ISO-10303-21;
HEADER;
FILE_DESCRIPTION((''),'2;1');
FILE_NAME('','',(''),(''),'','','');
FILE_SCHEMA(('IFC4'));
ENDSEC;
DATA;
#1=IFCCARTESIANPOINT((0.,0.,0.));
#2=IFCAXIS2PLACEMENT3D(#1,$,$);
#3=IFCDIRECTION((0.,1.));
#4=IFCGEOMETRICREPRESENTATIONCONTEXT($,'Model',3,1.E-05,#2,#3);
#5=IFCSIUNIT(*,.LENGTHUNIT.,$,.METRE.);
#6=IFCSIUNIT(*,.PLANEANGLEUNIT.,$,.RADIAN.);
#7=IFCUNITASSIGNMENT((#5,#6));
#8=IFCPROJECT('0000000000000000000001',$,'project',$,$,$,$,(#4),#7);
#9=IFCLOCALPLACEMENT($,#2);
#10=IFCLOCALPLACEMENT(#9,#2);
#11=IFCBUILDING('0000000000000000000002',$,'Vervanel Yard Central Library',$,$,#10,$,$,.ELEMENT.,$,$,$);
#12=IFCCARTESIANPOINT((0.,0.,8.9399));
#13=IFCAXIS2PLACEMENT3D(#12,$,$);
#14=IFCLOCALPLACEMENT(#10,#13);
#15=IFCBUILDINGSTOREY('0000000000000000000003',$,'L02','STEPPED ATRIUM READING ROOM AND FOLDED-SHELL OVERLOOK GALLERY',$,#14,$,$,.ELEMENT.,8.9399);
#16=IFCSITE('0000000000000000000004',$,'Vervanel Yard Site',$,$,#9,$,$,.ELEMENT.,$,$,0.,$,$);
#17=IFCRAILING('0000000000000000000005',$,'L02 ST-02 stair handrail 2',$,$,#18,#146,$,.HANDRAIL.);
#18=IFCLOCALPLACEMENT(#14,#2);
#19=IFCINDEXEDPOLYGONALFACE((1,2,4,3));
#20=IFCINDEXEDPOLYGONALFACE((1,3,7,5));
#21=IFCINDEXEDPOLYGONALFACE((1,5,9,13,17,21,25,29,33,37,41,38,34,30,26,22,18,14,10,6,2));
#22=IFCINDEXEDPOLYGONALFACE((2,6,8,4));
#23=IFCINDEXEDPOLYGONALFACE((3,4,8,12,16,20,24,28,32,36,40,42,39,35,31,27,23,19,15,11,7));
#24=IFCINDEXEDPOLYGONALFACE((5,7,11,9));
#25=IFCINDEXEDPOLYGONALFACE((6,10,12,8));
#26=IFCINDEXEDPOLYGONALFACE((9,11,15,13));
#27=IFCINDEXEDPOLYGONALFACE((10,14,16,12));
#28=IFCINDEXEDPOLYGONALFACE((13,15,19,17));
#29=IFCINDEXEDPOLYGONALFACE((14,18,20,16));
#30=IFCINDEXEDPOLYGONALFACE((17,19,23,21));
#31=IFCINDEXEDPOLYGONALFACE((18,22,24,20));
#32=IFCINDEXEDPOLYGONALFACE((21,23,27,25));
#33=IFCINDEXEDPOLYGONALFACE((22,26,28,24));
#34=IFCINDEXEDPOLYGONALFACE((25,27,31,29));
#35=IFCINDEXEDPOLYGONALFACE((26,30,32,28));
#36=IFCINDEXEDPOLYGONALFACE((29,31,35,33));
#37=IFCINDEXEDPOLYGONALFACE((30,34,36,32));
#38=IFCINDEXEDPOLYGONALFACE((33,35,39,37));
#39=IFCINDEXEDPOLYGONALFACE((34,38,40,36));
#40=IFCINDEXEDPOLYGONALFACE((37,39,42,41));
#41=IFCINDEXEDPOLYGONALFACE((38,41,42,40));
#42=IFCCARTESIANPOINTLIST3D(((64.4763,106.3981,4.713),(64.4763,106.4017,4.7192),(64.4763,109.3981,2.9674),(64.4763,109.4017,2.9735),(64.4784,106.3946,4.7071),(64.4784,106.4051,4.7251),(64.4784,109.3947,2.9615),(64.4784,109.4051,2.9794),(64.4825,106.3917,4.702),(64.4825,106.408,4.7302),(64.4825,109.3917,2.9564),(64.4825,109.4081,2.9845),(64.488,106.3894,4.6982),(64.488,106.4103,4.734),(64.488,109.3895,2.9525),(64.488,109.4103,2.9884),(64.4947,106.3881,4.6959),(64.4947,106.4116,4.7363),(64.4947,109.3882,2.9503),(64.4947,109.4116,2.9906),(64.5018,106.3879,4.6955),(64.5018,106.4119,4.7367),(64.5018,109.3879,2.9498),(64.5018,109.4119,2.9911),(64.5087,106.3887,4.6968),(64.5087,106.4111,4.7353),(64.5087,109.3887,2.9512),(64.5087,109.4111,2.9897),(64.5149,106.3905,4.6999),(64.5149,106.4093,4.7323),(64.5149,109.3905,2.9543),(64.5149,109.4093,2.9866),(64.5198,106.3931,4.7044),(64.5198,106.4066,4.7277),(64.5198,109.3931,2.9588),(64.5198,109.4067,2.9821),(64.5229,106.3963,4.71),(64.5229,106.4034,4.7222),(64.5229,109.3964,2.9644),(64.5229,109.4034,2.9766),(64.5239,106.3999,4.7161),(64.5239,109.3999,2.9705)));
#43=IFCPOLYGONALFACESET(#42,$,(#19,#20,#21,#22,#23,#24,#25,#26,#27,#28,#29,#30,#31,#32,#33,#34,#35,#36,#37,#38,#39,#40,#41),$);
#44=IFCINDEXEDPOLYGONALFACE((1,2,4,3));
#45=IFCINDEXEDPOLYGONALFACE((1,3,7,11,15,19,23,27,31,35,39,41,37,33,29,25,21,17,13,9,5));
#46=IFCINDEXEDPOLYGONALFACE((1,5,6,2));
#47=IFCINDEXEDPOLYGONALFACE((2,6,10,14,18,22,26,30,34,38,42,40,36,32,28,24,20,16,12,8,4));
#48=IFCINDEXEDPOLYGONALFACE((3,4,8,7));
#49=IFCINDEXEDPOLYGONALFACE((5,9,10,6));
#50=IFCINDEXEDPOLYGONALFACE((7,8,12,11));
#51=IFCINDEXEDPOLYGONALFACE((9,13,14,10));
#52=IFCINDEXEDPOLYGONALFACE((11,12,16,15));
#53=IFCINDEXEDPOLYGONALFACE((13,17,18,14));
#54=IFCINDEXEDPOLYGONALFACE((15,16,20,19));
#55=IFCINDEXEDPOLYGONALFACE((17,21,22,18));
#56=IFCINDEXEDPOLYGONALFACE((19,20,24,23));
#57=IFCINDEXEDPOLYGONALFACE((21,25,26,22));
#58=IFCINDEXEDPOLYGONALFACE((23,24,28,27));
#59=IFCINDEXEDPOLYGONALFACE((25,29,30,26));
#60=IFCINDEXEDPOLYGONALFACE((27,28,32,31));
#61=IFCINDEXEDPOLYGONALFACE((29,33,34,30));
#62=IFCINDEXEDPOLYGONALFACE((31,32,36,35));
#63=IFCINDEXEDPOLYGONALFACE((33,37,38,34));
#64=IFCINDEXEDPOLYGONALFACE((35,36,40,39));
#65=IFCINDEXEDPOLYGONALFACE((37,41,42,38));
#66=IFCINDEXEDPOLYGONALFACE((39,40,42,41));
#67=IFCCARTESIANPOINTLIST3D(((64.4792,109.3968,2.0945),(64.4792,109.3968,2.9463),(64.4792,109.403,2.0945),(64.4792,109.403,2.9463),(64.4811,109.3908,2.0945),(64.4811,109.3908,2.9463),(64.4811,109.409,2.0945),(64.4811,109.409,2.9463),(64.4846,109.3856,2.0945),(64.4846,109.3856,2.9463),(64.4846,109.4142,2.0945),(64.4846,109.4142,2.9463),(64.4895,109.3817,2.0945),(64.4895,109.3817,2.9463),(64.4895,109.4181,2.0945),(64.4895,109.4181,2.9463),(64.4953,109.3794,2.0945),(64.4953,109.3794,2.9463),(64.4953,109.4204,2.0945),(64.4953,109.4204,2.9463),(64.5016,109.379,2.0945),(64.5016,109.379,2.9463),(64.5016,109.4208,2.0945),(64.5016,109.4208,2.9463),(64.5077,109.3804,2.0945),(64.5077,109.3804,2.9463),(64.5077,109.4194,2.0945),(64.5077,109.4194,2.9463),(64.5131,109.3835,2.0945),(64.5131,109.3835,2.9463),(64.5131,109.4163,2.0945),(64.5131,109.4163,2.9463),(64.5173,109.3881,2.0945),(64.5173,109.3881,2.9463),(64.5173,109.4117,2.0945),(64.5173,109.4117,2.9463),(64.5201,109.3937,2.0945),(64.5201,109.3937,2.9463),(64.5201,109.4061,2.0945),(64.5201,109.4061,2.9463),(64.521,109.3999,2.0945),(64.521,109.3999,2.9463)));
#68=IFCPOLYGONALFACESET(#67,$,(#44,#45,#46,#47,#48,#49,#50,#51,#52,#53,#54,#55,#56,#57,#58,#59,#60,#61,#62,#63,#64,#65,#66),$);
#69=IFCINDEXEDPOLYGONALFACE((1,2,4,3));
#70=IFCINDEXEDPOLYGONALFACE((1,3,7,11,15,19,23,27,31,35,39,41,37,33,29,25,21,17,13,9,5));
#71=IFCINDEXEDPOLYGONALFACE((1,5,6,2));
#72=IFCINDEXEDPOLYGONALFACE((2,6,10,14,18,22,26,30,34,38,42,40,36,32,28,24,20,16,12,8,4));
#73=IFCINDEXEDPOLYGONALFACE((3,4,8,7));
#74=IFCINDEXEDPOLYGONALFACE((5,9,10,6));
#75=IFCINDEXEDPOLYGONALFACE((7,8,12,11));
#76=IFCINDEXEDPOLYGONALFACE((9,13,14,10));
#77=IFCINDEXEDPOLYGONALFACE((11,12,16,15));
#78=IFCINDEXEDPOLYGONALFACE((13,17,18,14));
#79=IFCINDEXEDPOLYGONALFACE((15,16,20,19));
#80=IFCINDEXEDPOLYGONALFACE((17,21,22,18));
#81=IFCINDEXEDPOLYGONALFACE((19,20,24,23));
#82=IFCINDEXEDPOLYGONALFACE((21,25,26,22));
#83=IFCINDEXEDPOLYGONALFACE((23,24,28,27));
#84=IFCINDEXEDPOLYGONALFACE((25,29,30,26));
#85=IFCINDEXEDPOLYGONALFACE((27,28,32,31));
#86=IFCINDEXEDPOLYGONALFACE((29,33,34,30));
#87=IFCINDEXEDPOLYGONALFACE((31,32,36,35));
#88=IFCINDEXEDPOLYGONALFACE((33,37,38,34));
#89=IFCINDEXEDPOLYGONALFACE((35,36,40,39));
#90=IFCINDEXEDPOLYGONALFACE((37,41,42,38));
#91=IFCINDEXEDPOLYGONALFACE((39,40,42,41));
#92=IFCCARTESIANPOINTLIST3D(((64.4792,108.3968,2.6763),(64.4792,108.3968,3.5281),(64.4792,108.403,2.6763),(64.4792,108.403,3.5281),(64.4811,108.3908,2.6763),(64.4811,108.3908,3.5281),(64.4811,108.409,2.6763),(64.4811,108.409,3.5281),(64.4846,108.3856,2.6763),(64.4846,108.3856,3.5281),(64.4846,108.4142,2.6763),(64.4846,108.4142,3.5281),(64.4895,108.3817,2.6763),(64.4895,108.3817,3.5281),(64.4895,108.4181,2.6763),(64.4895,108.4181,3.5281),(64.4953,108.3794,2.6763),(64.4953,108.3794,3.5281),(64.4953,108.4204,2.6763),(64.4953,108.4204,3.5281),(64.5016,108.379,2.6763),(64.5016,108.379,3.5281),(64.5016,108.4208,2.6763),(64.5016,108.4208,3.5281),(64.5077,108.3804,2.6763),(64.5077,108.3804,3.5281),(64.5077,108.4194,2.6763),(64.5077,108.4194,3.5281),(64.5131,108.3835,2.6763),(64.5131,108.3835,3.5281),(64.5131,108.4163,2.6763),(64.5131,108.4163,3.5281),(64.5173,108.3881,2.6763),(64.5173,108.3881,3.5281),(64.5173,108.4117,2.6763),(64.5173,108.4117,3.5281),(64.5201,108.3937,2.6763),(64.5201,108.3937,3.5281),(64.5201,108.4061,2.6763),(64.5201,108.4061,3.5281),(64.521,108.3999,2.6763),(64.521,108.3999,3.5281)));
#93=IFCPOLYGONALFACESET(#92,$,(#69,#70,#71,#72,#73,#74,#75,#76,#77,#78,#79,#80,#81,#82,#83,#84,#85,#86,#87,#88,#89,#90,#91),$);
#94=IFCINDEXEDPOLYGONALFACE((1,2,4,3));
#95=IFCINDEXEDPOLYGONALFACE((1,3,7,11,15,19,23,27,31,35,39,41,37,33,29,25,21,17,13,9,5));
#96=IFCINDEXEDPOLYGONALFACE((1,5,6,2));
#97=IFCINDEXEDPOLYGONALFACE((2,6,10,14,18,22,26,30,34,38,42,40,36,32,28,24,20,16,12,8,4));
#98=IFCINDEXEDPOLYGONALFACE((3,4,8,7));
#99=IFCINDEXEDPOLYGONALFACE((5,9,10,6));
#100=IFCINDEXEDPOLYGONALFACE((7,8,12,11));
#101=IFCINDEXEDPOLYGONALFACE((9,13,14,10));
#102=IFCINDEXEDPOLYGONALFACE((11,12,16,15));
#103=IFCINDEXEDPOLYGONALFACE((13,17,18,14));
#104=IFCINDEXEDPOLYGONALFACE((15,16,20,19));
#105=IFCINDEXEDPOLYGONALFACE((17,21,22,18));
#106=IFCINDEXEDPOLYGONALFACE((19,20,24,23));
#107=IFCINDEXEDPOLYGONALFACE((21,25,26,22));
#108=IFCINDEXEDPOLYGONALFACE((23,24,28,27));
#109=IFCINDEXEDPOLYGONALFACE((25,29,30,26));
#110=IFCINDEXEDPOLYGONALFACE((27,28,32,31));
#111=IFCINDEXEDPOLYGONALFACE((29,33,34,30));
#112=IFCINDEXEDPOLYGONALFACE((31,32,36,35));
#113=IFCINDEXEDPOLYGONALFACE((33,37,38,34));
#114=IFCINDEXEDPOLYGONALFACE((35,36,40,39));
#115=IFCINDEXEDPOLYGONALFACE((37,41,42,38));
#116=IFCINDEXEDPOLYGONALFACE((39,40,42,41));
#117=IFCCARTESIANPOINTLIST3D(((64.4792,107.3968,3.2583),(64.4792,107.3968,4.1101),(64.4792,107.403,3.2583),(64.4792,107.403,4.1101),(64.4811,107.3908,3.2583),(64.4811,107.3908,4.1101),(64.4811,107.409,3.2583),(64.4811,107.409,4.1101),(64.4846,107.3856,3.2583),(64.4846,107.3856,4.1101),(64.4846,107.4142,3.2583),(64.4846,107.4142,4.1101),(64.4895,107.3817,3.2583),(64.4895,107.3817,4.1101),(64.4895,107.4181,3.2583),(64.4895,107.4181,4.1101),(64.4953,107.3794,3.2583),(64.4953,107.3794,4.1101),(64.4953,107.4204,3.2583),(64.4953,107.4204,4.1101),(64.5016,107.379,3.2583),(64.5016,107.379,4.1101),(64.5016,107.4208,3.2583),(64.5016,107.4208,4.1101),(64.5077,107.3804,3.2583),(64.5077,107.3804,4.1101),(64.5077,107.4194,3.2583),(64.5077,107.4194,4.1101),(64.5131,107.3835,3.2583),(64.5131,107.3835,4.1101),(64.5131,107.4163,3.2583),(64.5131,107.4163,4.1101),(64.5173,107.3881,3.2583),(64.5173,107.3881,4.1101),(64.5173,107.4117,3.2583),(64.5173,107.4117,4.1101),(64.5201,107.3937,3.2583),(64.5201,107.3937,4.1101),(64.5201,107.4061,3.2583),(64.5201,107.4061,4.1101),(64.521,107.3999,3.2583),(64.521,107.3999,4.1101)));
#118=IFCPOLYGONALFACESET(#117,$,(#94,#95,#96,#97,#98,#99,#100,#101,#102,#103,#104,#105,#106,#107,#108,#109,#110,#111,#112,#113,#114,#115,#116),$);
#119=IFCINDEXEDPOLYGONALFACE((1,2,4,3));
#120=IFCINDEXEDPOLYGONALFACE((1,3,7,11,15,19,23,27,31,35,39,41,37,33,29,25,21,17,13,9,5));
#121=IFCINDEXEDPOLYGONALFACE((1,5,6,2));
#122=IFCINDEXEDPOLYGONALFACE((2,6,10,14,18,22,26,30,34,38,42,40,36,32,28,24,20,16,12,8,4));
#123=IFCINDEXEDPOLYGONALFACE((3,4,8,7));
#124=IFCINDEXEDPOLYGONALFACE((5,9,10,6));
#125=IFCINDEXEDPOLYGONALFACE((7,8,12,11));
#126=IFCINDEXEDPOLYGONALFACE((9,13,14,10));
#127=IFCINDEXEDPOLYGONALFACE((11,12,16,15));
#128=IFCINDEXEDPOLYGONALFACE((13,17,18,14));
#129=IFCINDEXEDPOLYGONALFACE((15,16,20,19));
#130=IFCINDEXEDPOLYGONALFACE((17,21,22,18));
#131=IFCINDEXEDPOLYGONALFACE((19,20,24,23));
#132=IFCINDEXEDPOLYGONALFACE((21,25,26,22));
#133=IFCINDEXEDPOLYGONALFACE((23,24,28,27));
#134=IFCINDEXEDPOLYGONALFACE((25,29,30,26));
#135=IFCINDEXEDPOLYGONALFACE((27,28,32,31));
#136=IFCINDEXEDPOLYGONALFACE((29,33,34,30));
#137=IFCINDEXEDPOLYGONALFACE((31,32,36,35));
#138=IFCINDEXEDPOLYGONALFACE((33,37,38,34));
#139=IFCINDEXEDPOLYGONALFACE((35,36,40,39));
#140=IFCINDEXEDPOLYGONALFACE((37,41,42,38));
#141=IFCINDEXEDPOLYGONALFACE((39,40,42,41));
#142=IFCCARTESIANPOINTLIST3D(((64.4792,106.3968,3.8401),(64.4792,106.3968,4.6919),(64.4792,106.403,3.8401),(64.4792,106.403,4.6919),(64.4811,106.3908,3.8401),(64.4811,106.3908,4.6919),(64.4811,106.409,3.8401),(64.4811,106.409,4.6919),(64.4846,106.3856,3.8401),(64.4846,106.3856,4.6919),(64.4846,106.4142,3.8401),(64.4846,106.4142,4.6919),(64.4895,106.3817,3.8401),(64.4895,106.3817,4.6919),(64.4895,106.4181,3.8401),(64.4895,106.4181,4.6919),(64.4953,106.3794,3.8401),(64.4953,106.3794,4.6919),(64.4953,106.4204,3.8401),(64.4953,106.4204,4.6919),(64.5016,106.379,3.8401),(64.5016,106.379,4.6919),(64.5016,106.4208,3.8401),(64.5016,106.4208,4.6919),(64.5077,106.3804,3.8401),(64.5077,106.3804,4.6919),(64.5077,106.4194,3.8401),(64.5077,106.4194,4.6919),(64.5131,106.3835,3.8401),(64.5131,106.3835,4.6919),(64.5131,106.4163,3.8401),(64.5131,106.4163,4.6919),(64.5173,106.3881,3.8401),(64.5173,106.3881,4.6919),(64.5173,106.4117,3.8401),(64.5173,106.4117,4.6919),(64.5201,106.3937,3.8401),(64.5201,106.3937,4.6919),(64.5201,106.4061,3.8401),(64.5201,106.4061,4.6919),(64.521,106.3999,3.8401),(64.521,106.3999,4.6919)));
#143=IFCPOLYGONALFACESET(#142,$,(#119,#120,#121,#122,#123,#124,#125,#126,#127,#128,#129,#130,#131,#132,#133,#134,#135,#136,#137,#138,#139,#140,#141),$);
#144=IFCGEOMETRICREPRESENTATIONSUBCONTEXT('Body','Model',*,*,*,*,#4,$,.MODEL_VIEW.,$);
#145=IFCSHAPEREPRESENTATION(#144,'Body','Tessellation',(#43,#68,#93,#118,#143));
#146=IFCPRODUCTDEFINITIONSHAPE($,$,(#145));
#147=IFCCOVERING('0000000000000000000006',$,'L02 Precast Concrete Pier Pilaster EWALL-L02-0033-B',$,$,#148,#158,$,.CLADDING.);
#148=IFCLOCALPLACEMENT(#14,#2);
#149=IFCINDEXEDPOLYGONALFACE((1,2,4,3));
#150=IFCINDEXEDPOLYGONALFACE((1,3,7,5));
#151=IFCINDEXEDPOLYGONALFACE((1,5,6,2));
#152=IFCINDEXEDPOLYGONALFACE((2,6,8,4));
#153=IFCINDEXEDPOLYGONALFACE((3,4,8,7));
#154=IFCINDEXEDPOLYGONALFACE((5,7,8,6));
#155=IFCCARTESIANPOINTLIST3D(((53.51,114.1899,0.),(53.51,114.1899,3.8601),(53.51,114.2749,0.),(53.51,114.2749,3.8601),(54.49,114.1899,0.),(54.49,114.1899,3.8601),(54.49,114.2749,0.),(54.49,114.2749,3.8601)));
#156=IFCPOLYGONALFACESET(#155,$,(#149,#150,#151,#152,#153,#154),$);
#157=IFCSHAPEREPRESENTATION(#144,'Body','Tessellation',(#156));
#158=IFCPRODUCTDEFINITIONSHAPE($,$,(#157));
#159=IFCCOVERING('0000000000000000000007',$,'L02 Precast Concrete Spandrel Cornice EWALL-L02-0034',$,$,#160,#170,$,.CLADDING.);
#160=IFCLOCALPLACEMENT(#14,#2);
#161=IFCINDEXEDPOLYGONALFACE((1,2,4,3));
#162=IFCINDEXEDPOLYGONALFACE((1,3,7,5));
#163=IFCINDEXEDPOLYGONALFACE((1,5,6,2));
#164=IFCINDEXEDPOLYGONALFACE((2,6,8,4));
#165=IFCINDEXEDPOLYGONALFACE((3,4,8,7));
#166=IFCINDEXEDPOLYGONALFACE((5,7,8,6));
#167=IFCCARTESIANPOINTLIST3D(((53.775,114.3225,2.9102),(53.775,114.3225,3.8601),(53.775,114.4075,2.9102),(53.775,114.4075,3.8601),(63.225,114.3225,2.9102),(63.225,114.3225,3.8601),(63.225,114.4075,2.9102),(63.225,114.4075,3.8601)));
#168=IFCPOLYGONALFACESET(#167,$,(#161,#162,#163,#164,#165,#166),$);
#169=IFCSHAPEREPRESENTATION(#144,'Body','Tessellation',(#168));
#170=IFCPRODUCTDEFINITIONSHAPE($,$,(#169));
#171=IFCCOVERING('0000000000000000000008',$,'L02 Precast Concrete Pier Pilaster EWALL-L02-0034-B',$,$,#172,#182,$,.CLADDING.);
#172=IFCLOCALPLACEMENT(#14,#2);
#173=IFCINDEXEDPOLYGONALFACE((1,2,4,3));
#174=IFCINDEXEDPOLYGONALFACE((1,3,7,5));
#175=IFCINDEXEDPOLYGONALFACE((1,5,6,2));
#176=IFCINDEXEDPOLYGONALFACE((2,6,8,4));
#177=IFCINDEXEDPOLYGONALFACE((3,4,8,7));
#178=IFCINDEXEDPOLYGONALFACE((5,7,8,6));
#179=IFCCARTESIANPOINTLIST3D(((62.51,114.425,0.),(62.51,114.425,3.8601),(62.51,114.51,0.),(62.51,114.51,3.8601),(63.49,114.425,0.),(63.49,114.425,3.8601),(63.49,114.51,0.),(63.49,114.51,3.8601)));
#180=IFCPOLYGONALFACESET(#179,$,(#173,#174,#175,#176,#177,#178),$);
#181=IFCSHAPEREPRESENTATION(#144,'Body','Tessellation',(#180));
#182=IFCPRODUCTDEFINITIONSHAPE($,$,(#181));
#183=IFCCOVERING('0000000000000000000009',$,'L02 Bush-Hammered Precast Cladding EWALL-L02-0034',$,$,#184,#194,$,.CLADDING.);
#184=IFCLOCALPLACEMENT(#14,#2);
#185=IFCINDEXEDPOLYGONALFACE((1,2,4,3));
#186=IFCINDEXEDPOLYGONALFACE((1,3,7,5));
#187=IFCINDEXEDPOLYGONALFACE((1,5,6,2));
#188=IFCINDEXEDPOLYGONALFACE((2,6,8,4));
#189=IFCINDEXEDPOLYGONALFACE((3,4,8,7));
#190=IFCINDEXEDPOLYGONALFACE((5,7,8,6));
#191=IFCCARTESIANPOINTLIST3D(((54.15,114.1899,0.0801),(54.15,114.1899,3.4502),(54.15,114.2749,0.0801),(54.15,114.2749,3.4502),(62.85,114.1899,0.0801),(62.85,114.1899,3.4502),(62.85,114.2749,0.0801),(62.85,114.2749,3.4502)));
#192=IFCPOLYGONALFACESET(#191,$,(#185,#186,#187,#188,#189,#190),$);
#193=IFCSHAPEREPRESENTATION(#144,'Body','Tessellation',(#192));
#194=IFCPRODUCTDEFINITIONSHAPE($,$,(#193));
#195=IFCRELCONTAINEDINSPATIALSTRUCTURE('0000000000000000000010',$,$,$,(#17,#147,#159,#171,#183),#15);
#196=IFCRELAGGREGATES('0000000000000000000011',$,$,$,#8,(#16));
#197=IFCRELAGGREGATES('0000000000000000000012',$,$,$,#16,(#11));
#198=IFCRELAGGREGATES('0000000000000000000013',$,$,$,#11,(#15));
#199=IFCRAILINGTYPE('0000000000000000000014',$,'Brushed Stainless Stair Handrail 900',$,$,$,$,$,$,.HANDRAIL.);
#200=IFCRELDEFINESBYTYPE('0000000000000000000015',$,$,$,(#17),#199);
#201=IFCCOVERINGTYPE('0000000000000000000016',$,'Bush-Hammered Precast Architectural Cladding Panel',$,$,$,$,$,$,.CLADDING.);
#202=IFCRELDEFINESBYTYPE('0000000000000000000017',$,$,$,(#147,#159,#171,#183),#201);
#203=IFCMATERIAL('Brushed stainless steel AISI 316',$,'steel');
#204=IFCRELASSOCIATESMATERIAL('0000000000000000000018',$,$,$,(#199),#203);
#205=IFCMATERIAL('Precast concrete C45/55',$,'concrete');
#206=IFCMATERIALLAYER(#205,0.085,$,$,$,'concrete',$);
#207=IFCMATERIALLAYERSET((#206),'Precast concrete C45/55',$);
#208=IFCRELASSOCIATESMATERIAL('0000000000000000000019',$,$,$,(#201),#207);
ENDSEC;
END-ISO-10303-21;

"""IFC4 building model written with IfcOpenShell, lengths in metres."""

from ifc_helpers import new_model, si_unit, direction, frame, origin, origin_2d, place, context, subcontext, project, spatial, rectangle, circle, extrude, material, layer, layer_set, type_object, element, save


model = new_model("IFC4")

# Units and contexts
model_context = context("Model", 3, precision=1e-05, world=origin(), true_north=direction((0.0, 1.0)))
body_context = subcontext(model_context, "Body", "Model", "MODEL_VIEW")
ifc_project = project(units=[si_unit("LENGTHUNIT", "METRE"), si_unit("PLANEANGLEUNIT", "RADIAN")], contexts=[model_context])

# Site, building, storey
site_placement = place(None, origin())
site = spatial("IfcSite", under=ifc_project, at=site_placement, Name="Vervanel Yard Site", CompositionType="ELEMENT", RefElevation=0.0)
building_placement = place(site_placement, origin())
building = spatial("IfcBuilding", under=site, at=building_placement, Name="Vervanel Yard Central Library", CompositionType="ELEMENT")
storey_placement = place(building_placement, frame((0.0, 0.0, 8.9399)))
storey = spatial("IfcBuildingStorey", under=building, at=storey_placement, Name="L02", Description="STEPPED ATRIUM READING ROOM AND FOLDED-SHELL OVERLOOK GALLERY", CompositionType="ELEMENT", Elevation=8.9399)

# Shared definitions
ifc_material_1 = material(Name="Brushed stainless steel AISI 316", Category="steel")

# Railing
railing_type_1 = type_object("IfcRailingType", Name="Brushed Stainless Stair Handrail 900", PredefinedType="HANDRAIL", material=ifc_material_1)
railing_1_placement = place(storey_placement, frame((64.5, 109.3999, 2.0945)))
element("IfcRailing", 1, at=railing_1_placement, inside=storey, type_object=railing_type_1, Name="L02 ST-02 stair handrail 2", PredefinedType="HANDRAIL", context=body_context, shape_type="SweptSolid", body=[
    extrude(circle(Radius=0.0239, at=origin_2d()), frame((0.0, 0.0, 0.876), z_axis=(0.0, -0.864329, 0.502926), x_axis=(1.0, 0.0, 0.0)), (0.0, 0.0, 1.0), 3.4709),
    extrude(circle(Radius=0.021, at=origin_2d()), origin(), (0.0, 0.0, 1.0), 0.8518),
    extrude(circle(Radius=0.021, at=origin_2d()), frame((0.0, -1.0, 0.5818)), (0.0, 0.0, 1.0), 0.8518),
    extrude(circle(Radius=0.021, at=origin_2d()), frame((0.0, -2.0, 1.1638)), (0.0, 0.0, 1.0), 0.8518),
    extrude(circle(Radius=0.021, at=origin_2d()), frame((0.0, -3.0, 1.7456)), (0.0, 0.0, 1.0), 0.8518),
])

# Coverings
ifc_material_2 = material(Name="Precast concrete C45/55", Category="concrete")
ifc_layer_1 = layer(ifc_material_2, 0.085, Category="concrete")
ifc_layer_set_1 = layer_set([ifc_layer_1], Name="Precast concrete C45/55")
covering_type = type_object("IfcCoveringType", Name="Bush-Hammered Precast Architectural Cladding Panel", PredefinedType="CLADDING", material=ifc_layer_set_1)
covering_1_placement = place(storey_placement, frame((54.0, 114.2324, 0.0), z_axis=(0.0, 0.0, 1.0), x_axis=(1.0, 0.0, 0.0)))
element("IfcCovering", 2, at=covering_1_placement, inside=storey, type_object=covering_type, Name="L02 Precast Concrete Pier Pilaster EWALL-L02-0033-B", PredefinedType="CLADDING", context=body_context, shape_type="SweptSolid", body=[
    extrude(rectangle(XDim=0.98, YDim=0.085, at=origin_2d()), origin(), (0.0, 0.0, 1.0), 3.8601),
])
covering_2_placement = place(storey_placement, frame((58.5, 114.365, 2.9102), z_axis=(0.0, 0.0, 1.0), x_axis=(1.0, 0.0, 0.0)))
element("IfcCovering", 3, at=covering_2_placement, inside=storey, type_object=covering_type, Name="L02 Precast Concrete Spandrel Cornice EWALL-L02-0034", PredefinedType="CLADDING", context=body_context, shape_type="SweptSolid", body=[
    extrude(rectangle(XDim=9.45, YDim=0.085, at=origin_2d()), origin(), (0.0, 0.0, 1.0), 0.95),
])
covering_3_placement = place(storey_placement, frame((63.0, 114.4675, 0.0), z_axis=(0.0, 0.0, 1.0), x_axis=(1.0, 0.0, 0.0)))
element("IfcCovering", 4, at=covering_3_placement, inside=storey, type_object=covering_type, Name="L02 Precast Concrete Pier Pilaster EWALL-L02-0034-B", PredefinedType="CLADDING", context=body_context, shape_type="SweptSolid", body=[
    extrude(rectangle(XDim=0.98, YDim=0.085, at=origin_2d()), origin(), (0.0, 0.0, 1.0), 3.8601),
])
covering_4_placement = place(storey_placement, frame((58.5, 114.2324, 0.0801), z_axis=(0.0, 0.0, 1.0), x_axis=(1.0, 0.0, 0.0)))
element("IfcCovering", 5, at=covering_4_placement, inside=storey, type_object=covering_type, Name="L02 Bush-Hammered Precast Cladding EWALL-L02-0034", PredefinedType="CLADDING", context=body_context, shape_type="SweptSolid", body=[
    extrude(rectangle(XDim=8.7, YDim=0.085, at=origin_2d()), origin(), (0.0, 0.0, 1.0), 3.3701),
])

save(model, "model.ifc")
